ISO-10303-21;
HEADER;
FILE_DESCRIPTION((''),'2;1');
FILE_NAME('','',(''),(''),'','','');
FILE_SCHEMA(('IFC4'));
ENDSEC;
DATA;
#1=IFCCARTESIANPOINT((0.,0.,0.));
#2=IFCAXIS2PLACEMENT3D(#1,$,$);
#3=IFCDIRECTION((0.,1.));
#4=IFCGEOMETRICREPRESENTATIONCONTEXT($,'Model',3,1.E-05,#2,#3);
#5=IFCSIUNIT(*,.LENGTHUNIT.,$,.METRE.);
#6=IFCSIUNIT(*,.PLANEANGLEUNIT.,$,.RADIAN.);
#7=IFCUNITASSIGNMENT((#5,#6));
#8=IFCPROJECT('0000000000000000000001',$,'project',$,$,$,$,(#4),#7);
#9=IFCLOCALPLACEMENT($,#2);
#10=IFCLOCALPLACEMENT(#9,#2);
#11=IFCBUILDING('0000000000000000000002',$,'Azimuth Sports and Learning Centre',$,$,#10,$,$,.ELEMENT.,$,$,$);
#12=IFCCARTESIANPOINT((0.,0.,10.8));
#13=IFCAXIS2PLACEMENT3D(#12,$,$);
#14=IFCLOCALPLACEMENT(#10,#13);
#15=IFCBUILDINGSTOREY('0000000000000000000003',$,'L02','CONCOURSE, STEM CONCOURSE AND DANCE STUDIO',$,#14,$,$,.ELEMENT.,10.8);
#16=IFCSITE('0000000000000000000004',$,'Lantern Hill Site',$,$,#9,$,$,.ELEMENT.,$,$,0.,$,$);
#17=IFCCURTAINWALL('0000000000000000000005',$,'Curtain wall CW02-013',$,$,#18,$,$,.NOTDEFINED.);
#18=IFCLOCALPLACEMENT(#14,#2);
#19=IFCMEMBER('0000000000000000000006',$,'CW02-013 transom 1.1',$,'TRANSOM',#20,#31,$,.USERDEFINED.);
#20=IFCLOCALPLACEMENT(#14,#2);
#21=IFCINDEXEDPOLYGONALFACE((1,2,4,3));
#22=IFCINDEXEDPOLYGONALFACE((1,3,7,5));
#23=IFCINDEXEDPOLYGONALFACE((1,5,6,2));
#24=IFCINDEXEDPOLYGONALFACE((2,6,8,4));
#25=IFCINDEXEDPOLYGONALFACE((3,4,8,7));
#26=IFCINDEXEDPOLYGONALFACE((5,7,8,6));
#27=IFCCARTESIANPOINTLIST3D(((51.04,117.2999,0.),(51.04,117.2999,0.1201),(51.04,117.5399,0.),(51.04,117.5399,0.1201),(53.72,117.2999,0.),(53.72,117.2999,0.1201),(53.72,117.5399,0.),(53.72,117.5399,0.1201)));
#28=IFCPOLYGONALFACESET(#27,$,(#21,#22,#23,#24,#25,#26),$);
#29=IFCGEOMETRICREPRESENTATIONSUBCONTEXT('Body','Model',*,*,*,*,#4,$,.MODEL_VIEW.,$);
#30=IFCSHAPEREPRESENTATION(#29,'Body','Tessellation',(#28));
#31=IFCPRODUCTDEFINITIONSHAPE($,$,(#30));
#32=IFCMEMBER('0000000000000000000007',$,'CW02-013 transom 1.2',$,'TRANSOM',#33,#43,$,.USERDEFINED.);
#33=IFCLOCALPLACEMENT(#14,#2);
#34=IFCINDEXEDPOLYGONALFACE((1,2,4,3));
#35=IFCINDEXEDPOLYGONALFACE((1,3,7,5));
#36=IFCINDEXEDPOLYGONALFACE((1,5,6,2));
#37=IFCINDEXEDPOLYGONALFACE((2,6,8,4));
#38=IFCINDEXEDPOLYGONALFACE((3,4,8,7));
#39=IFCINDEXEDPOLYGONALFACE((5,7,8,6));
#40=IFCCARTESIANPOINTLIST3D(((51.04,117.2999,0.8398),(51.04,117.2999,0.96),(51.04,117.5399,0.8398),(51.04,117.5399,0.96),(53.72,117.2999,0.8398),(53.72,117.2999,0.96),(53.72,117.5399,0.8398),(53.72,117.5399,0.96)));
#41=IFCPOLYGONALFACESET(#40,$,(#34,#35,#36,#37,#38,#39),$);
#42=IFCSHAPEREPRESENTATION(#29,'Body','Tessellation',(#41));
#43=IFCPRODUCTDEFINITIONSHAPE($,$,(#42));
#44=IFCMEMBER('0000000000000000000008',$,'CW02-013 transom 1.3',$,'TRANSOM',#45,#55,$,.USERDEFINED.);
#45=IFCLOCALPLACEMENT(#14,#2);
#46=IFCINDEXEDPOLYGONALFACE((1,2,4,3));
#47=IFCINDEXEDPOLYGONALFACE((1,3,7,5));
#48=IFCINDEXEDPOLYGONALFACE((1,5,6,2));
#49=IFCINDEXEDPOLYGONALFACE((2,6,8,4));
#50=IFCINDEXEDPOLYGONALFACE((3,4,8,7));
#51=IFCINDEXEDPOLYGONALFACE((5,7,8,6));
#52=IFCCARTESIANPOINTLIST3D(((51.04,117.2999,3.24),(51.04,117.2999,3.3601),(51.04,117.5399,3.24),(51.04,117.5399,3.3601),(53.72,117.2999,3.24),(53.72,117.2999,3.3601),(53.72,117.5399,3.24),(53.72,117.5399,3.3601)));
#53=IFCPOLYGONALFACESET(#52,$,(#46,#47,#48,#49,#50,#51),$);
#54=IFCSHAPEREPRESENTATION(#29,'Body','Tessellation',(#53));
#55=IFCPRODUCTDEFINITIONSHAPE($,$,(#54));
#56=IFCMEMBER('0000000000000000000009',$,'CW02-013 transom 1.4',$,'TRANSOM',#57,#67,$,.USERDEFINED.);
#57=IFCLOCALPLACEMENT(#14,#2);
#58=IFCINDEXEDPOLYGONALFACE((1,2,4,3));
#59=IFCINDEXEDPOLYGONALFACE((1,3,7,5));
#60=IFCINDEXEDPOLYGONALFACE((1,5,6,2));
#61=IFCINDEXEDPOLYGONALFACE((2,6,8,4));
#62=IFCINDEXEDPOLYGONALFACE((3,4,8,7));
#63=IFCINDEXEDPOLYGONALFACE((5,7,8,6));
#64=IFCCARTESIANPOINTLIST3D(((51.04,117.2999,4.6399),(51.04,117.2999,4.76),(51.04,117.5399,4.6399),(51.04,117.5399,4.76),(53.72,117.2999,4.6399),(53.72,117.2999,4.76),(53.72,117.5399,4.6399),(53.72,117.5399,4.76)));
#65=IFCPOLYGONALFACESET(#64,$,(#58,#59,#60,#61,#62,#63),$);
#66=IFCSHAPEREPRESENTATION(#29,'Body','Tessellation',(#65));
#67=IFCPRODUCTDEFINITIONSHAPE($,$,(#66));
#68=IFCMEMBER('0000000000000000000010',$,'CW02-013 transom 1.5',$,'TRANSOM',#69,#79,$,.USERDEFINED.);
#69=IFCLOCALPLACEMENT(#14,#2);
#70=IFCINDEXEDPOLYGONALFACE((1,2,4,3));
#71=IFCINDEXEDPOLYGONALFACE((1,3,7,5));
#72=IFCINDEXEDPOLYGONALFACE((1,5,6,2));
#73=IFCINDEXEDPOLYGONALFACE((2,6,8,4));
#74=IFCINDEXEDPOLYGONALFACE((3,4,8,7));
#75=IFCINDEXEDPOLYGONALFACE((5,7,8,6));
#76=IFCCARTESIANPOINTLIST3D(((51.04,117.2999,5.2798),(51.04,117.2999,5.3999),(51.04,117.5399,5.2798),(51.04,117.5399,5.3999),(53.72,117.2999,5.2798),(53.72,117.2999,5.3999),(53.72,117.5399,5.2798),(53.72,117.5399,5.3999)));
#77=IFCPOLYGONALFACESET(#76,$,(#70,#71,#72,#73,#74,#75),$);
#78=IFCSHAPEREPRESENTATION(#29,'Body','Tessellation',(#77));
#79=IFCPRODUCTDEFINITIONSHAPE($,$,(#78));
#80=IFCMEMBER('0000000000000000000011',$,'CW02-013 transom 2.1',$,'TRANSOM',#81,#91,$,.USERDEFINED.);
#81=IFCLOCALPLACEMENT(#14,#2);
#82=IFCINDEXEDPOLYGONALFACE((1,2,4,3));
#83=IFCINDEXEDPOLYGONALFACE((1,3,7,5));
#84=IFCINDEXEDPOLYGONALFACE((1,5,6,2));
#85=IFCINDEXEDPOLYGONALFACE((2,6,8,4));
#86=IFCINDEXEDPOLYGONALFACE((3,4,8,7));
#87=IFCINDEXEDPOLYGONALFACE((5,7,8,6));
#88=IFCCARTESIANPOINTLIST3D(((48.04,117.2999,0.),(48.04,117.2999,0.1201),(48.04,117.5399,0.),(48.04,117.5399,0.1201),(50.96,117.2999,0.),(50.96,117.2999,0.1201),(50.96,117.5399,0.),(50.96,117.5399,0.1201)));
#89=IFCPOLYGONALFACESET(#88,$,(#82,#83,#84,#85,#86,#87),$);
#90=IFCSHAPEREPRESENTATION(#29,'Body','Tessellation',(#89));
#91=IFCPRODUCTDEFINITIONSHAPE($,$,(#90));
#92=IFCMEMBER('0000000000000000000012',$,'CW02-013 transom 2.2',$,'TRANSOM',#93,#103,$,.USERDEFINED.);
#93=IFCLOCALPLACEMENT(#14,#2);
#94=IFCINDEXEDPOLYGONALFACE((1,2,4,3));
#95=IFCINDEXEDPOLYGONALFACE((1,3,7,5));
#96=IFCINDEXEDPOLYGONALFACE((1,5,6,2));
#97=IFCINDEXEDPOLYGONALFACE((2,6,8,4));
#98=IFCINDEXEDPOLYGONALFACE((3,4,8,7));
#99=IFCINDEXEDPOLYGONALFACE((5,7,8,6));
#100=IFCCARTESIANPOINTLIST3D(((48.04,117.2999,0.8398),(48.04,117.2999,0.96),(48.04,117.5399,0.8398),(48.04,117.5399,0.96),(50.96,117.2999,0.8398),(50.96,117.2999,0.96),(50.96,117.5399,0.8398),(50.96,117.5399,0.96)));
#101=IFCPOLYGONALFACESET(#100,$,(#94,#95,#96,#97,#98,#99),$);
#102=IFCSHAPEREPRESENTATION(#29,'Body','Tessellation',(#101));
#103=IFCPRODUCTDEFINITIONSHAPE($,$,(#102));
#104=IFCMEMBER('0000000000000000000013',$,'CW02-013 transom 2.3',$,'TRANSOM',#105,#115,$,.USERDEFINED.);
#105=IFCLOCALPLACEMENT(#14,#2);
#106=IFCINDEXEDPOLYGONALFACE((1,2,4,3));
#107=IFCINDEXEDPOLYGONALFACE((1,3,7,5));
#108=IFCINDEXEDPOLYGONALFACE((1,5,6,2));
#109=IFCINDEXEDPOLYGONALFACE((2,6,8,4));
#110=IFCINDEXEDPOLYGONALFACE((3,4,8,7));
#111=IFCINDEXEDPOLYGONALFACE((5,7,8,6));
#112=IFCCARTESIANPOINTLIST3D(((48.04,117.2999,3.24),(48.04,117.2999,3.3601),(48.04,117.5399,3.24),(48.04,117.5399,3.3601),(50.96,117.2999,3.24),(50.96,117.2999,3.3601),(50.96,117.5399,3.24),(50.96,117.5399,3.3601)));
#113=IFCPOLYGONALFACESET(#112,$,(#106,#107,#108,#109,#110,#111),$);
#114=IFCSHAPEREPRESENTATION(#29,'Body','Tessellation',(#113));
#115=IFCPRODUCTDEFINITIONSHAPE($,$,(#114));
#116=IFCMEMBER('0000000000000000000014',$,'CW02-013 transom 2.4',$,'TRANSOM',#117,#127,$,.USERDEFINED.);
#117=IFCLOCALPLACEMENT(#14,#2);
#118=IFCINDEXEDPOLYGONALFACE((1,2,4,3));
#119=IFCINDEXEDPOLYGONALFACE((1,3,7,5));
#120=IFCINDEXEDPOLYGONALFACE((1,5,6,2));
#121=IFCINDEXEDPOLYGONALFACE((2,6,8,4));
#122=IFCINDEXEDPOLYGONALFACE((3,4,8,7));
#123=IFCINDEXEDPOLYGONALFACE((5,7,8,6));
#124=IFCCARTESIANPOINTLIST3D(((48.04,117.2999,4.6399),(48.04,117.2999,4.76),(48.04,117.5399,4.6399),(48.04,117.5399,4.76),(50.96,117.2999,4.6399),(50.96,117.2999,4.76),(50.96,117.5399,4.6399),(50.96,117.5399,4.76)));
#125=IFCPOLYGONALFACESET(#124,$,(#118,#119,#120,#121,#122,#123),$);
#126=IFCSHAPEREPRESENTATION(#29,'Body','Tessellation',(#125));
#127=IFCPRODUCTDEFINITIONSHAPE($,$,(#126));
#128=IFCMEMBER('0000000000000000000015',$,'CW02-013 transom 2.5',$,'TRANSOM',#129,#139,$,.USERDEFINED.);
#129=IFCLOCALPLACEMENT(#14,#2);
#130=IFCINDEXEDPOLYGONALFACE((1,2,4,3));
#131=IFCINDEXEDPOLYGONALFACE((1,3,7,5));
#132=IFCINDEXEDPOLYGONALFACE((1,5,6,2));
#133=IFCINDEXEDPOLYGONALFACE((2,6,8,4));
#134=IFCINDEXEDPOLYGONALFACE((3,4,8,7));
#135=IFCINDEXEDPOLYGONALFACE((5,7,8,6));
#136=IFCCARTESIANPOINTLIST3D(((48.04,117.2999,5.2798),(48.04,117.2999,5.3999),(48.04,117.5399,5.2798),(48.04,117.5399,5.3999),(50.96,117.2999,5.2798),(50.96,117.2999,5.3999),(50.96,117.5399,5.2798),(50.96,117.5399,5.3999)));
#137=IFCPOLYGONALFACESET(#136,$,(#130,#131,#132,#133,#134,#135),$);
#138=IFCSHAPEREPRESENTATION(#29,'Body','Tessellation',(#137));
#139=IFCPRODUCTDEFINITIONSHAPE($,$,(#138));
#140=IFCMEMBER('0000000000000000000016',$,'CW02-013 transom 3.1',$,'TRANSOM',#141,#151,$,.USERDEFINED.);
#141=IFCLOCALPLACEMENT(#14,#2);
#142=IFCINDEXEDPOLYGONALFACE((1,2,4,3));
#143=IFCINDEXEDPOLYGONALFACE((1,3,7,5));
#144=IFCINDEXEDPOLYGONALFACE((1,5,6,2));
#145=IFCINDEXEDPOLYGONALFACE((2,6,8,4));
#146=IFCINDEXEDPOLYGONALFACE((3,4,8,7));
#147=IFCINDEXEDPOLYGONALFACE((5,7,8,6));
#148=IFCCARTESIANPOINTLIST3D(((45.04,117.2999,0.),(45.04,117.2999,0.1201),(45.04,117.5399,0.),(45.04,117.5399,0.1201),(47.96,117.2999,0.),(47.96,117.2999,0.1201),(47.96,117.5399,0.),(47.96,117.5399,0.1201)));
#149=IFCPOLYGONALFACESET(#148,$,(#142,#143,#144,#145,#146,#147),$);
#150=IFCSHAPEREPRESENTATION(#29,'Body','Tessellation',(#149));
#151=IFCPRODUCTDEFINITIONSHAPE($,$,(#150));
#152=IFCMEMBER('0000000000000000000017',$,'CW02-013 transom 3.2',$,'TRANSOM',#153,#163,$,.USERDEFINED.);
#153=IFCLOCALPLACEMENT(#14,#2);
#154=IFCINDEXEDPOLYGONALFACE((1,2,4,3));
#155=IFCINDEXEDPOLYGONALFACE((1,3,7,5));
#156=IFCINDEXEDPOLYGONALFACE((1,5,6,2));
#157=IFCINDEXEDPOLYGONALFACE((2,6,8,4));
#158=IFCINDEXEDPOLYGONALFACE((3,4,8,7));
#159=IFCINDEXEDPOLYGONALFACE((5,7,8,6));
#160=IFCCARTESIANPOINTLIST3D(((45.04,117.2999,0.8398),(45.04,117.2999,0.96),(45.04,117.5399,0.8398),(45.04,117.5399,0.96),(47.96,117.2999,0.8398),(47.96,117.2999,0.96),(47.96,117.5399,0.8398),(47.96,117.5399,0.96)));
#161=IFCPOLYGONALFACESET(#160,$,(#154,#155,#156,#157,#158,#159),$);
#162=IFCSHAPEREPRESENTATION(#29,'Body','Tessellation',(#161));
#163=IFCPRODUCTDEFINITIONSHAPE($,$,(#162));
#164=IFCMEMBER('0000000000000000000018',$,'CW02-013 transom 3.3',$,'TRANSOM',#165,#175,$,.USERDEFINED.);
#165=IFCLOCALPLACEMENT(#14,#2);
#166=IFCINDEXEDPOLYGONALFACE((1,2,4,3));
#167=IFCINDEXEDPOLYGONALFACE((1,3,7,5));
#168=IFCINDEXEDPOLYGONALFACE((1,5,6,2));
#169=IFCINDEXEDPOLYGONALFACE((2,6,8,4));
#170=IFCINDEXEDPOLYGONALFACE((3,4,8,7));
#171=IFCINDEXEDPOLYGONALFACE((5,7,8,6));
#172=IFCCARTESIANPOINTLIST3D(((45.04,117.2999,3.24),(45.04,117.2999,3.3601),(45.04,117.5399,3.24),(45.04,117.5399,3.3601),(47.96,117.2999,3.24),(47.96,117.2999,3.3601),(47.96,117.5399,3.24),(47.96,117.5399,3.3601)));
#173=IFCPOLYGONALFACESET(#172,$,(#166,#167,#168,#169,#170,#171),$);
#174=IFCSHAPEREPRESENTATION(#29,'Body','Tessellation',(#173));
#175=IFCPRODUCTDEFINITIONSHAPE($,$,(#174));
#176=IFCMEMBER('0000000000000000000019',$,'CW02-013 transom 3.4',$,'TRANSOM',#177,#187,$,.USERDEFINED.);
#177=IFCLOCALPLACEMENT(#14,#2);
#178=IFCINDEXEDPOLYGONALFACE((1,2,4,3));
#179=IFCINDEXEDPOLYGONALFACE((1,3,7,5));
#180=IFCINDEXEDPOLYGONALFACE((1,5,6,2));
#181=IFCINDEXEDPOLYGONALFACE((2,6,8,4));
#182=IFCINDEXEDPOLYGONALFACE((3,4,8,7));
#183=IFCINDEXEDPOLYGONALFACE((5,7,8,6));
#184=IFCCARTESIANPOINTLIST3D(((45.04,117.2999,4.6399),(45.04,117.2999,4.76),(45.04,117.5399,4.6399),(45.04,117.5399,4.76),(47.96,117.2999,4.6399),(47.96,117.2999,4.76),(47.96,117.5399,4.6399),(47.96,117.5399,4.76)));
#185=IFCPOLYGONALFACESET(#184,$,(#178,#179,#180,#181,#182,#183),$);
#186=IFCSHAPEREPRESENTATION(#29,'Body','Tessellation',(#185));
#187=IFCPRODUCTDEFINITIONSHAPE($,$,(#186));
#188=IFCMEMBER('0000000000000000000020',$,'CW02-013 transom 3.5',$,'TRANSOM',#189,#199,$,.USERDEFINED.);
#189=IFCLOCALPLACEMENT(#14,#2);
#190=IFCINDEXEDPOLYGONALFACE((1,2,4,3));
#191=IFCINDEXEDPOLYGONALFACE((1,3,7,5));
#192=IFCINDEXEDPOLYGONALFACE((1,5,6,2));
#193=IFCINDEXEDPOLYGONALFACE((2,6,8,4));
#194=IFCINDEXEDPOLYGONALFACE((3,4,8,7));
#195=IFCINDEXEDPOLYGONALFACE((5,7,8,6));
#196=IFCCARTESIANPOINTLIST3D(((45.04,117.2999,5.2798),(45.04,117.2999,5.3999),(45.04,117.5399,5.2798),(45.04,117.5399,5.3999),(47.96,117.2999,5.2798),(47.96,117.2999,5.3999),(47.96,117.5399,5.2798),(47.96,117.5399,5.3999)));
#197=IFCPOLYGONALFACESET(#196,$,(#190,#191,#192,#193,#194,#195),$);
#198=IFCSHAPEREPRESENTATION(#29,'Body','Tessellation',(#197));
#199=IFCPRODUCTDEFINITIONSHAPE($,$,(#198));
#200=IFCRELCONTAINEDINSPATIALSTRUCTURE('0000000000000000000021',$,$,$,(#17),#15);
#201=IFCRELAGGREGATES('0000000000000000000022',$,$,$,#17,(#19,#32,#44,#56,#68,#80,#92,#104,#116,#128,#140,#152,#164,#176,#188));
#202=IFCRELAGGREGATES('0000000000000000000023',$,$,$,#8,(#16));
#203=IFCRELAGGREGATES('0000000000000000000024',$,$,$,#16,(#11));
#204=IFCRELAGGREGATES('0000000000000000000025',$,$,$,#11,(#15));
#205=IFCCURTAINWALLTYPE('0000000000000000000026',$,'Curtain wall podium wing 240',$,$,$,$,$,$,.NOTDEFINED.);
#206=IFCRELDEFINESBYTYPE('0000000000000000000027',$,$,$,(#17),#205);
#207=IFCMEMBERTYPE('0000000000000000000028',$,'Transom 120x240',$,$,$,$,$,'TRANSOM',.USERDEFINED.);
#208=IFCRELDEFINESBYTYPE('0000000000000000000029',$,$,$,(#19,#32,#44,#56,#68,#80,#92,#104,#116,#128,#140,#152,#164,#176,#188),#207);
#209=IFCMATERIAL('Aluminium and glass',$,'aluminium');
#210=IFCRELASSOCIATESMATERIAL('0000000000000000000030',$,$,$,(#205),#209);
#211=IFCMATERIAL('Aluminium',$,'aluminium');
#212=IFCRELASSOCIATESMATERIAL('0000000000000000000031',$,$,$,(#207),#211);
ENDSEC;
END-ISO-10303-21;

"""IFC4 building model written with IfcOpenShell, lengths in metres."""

from ifc_helpers import new_model, si_unit, direction, frame, origin, origin_2d, place, context, subcontext, project, spatial, rectangle, extrude, material, material_profile, profile_set, type_object, element, aggregate, save


model = new_model("IFC4")

# Units and contexts
model_context = context("Model", 3, precision=1e-05, world=origin(), true_north=direction((0.0, 1.0)))
body_context = subcontext(model_context, "Body", "Model", "MODEL_VIEW")
ifc_project = project(units=[si_unit("LENGTHUNIT", "METRE"), si_unit("PLANEANGLEUNIT", "RADIAN")], contexts=[model_context])

# Site, building, storey
site_placement = place(None, origin())
site = spatial("IfcSite", under=ifc_project, at=site_placement, Name="Lantern Hill Site", CompositionType="ELEMENT", RefElevation=0.0)
building_placement = place(site_placement, origin())
building = spatial("IfcBuilding", under=site, at=building_placement, Name="Azimuth Sports and Learning Centre", CompositionType="ELEMENT")
storey_placement = place(building_placement, frame((0.0, 0.0, 10.8)))
storey = spatial("IfcBuildingStorey", under=building, at=storey_placement, Name="L02", Description="CONCOURSE, STEM CONCOURSE AND DANCE STUDIO", CompositionType="ELEMENT", Elevation=10.8)

# Curtain wall, members
ifc_material_1 = material(Name="Aluminium and glass", Category="aluminium")
curtain_wall_type = type_object("IfcCurtainWallType", Name="Curtain wall podium wing 240", PredefinedType="NOTDEFINED", material=ifc_material_1)
curtain_wall_placement = place(storey_placement, origin())
curtain_wall = element("IfcCurtainWall", 1, at=curtain_wall_placement, inside=storey, type_object=curtain_wall_type, Name="Curtain wall CW02-013", PredefinedType="NOTDEFINED")
ifc_material_2 = material(Name="Aluminium", Category="aluminium")
ifc_material_profile_1 = material_profile(ifc_material_2, rectangle(XDim=0.24, YDim=0.1201, at=origin_2d()), Name="Transom 120x240")
ifc_profile_set_1 = profile_set([ifc_material_profile_1], Name="Aluminium")
member_type_1 = type_object("IfcMemberType", Name="Transom 120x240", ElementType="TRANSOM", PredefinedType="USERDEFINED", material=ifc_profile_set_1)
member_1_placement = place(storey_placement, frame((53.72, 117.4199, 0.0601), z_axis=(-1.0, 0.0, 0.0), x_axis=(0.0, -1.0, 0.0)))
member_1 = element("IfcMember", 2, at=member_1_placement, type_object=member_type_1, Name="CW02-013 transom 1.1", ObjectType="TRANSOM", PredefinedType="USERDEFINED", context=body_context, shape_type="SweptSolid", body=[
    extrude(rectangle(XDim=0.24, YDim=0.1201, at=origin_2d()), origin(), (0.0, 0.0, 1.0), 2.6799),
])
member_2_placement = place(storey_placement, frame((53.72, 117.4199, 0.8999), z_axis=(-1.0, 0.0, 0.0), x_axis=(0.0, -1.0, 0.0)))
member_2 = element("IfcMember", 3, at=member_2_placement, type_object=member_type_1, Name="CW02-013 transom 1.2", ObjectType="TRANSOM", PredefinedType="USERDEFINED", context=body_context, shape_type="SweptSolid", body=[
    extrude(rectangle(XDim=0.24, YDim=0.1201, at=origin_2d()), origin(), (0.0, 0.0, 1.0), 2.6799),
])
member_3_placement = place(storey_placement, frame((53.72, 117.4199, 3.3), z_axis=(-1.0, 0.0, 0.0), x_axis=(0.0, -1.0, 0.0)))
member_3 = element("IfcMember", 4, at=member_3_placement, type_object=member_type_1, Name="CW02-013 transom 1.3", ObjectType="TRANSOM", PredefinedType="USERDEFINED", context=body_context, shape_type="SweptSolid", body=[
    extrude(rectangle(XDim=0.24, YDim=0.1201, at=origin_2d()), origin(), (0.0, 0.0, 1.0), 2.6799),
])
member_4_placement = place(storey_placement, frame((53.72, 117.4199, 4.7), z_axis=(-1.0, 0.0, 0.0), x_axis=(0.0, -1.0, 0.0)))
member_4 = element("IfcMember", 5, at=member_4_placement, type_object=member_type_1, Name="CW02-013 transom 1.4", ObjectType="TRANSOM", PredefinedType="USERDEFINED", context=body_context, shape_type="SweptSolid", body=[
    extrude(rectangle(XDim=0.24, YDim=0.1201, at=origin_2d()), origin(), (0.0, 0.0, 1.0), 2.6799),
])
member_5_placement = place(storey_placement, frame((53.72, 117.4199, 5.3398), z_axis=(-1.0, 0.0, 0.0), x_axis=(0.0, -1.0, 0.0)))
member_5 = element("IfcMember", 6, at=member_5_placement, type_object=member_type_1, Name="CW02-013 transom 1.5", ObjectType="TRANSOM", PredefinedType="USERDEFINED", context=body_context, shape_type="SweptSolid", body=[
    extrude(rectangle(XDim=0.24, YDim=0.1201, at=origin_2d()), origin(), (0.0, 0.0, 1.0), 2.6799),
])
member_6_placement = place(storey_placement, frame((50.96, 117.4199, 0.0601), z_axis=(-1.0, 0.0, 0.0), x_axis=(0.0, -1.0, 0.0)))
member_6 = element("IfcMember", 7, at=member_6_placement, type_object=member_type_1, Name="CW02-013 transom 2.1", ObjectType="TRANSOM", PredefinedType="USERDEFINED", context=body_context, shape_type="SweptSolid", body=[
    extrude(rectangle(XDim=0.24, YDim=0.1201, at=origin_2d()), origin(), (0.0, 0.0, 1.0), 2.9199),
])
member_7_placement = place(storey_placement, frame((50.96, 117.4199, 0.8999), z_axis=(-1.0, 0.0, 0.0), x_axis=(0.0, -1.0, 0.0)))
member_7 = element("IfcMember", 8, at=member_7_placement, type_object=member_type_1, Name="CW02-013 transom 2.2", ObjectType="TRANSOM", PredefinedType="USERDEFINED", context=body_context, shape_type="SweptSolid", body=[
    extrude(rectangle(XDim=0.24, YDim=0.1201, at=origin_2d()), origin(), (0.0, 0.0, 1.0), 2.9199),
])
member_8_placement = place(storey_placement, frame((50.96, 117.4199, 3.3), z_axis=(-1.0, 0.0, 0.0), x_axis=(0.0, -1.0, 0.0)))
member_8 = element("IfcMember", 9, at=member_8_placement, type_object=member_type_1, Name="CW02-013 transom 2.3", ObjectType="TRANSOM", PredefinedType="USERDEFINED", context=body_context, shape_type="SweptSolid", body=[
    extrude(rectangle(XDim=0.24, YDim=0.1201, at=origin_2d()), origin(), (0.0, 0.0, 1.0), 2.9199),
])
member_9_placement = place(storey_placement, frame((50.96, 117.4199, 4.7), z_axis=(-1.0, 0.0, 0.0), x_axis=(0.0, -1.0, 0.0)))
member_9 = element("IfcMember", 10, at=member_9_placement, type_object=member_type_1, Name="CW02-013 transom 2.4", ObjectType="TRANSOM", PredefinedType="USERDEFINED", context=body_context, shape_type="SweptSolid", body=[
    extrude(rectangle(XDim=0.24, YDim=0.1201, at=origin_2d()), origin(), (0.0, 0.0, 1.0), 2.9199),
])
member_10_placement = place(storey_placement, frame((50.96, 117.4199, 5.3398), z_axis=(-1.0, 0.0, 0.0), x_axis=(0.0, -1.0, 0.0)))
member_10 = element("IfcMember", 11, at=member_10_placement, type_object=member_type_1, Name="CW02-013 transom 2.5", ObjectType="TRANSOM", PredefinedType="USERDEFINED", context=body_context, shape_type="SweptSolid", body=[
    extrude(rectangle(XDim=0.24, YDim=0.1201, at=origin_2d()), origin(), (0.0, 0.0, 1.0), 2.9199),
])
member_11_placement = place(storey_placement, frame((47.96, 117.4199, 0.0601), z_axis=(-1.0, 0.0, 0.0), x_axis=(0.0, -1.0, 0.0)))
member_11 = element("IfcMember", 12, at=member_11_placement, type_object=member_type_1, Name="CW02-013 transom 3.1", ObjectType="TRANSOM", PredefinedType="USERDEFINED", context=body_context, shape_type="SweptSolid", body=[
    extrude(rectangle(XDim=0.24, YDim=0.1201, at=origin_2d()), origin(), (0.0, 0.0, 1.0), 2.9199),
])
member_12_placement = place(storey_placement, frame((47.96, 117.4199, 0.8999), z_axis=(-1.0, 0.0, 0.0), x_axis=(0.0, -1.0, 0.0)))
member_12 = element("IfcMember", 13, at=member_12_placement, type_object=member_type_1, Name="CW02-013 transom 3.2", ObjectType="TRANSOM", PredefinedType="USERDEFINED", context=body_context, shape_type="SweptSolid", body=[
    extrude(rectangle(XDim=0.24, YDim=0.1201, at=origin_2d()), origin(), (0.0, 0.0, 1.0), 2.9199),
])
member_13_placement = place(storey_placement, frame((47.96, 117.4199, 3.3), z_axis=(-1.0, 0.0, 0.0), x_axis=(0.0, -1.0, 0.0)))
member_13 = element("IfcMember", 14, at=member_13_placement, type_object=member_type_1, Name="CW02-013 transom 3.3", ObjectType="TRANSOM", PredefinedType="USERDEFINED", context=body_context, shape_type="SweptSolid", body=[
    extrude(rectangle(XDim=0.24, YDim=0.1201, at=origin_2d()), origin(), (0.0, 0.0, 1.0), 2.9199),
])
member_14_placement = place(storey_placement, frame((47.96, 117.4199, 4.7), z_axis=(-1.0, 0.0, 0.0), x_axis=(0.0, -1.0, 0.0)))
member_14 = element("IfcMember", 15, at=member_14_placement, type_object=member_type_1, Name="CW02-013 transom 3.4", ObjectType="TRANSOM", PredefinedType="USERDEFINED", context=body_context, shape_type="SweptSolid", body=[
    extrude(rectangle(XDim=0.24, YDim=0.1201, at=origin_2d()), origin(), (0.0, 0.0, 1.0), 2.9199),
])
member_15_placement = place(storey_placement, frame((47.96, 117.4199, 5.3398), z_axis=(-1.0, 0.0, 0.0), x_axis=(0.0, -1.0, 0.0)))
member_15 = element("IfcMember", 16, at=member_15_placement, type_object=member_type_1, Name="CW02-013 transom 3.5", ObjectType="TRANSOM", PredefinedType="USERDEFINED", context=body_context, shape_type="SweptSolid", body=[
    extrude(rectangle(XDim=0.24, YDim=0.1201, at=origin_2d()), origin(), (0.0, 0.0, 1.0), 2.9199),
])
aggregate(curtain_wall, [member_1, member_2, member_3, member_4, member_5, member_6, member_7, member_8, member_9, member_10, member_11, member_12, member_13, member_14, member_15])

save(model, "model.ifc")
